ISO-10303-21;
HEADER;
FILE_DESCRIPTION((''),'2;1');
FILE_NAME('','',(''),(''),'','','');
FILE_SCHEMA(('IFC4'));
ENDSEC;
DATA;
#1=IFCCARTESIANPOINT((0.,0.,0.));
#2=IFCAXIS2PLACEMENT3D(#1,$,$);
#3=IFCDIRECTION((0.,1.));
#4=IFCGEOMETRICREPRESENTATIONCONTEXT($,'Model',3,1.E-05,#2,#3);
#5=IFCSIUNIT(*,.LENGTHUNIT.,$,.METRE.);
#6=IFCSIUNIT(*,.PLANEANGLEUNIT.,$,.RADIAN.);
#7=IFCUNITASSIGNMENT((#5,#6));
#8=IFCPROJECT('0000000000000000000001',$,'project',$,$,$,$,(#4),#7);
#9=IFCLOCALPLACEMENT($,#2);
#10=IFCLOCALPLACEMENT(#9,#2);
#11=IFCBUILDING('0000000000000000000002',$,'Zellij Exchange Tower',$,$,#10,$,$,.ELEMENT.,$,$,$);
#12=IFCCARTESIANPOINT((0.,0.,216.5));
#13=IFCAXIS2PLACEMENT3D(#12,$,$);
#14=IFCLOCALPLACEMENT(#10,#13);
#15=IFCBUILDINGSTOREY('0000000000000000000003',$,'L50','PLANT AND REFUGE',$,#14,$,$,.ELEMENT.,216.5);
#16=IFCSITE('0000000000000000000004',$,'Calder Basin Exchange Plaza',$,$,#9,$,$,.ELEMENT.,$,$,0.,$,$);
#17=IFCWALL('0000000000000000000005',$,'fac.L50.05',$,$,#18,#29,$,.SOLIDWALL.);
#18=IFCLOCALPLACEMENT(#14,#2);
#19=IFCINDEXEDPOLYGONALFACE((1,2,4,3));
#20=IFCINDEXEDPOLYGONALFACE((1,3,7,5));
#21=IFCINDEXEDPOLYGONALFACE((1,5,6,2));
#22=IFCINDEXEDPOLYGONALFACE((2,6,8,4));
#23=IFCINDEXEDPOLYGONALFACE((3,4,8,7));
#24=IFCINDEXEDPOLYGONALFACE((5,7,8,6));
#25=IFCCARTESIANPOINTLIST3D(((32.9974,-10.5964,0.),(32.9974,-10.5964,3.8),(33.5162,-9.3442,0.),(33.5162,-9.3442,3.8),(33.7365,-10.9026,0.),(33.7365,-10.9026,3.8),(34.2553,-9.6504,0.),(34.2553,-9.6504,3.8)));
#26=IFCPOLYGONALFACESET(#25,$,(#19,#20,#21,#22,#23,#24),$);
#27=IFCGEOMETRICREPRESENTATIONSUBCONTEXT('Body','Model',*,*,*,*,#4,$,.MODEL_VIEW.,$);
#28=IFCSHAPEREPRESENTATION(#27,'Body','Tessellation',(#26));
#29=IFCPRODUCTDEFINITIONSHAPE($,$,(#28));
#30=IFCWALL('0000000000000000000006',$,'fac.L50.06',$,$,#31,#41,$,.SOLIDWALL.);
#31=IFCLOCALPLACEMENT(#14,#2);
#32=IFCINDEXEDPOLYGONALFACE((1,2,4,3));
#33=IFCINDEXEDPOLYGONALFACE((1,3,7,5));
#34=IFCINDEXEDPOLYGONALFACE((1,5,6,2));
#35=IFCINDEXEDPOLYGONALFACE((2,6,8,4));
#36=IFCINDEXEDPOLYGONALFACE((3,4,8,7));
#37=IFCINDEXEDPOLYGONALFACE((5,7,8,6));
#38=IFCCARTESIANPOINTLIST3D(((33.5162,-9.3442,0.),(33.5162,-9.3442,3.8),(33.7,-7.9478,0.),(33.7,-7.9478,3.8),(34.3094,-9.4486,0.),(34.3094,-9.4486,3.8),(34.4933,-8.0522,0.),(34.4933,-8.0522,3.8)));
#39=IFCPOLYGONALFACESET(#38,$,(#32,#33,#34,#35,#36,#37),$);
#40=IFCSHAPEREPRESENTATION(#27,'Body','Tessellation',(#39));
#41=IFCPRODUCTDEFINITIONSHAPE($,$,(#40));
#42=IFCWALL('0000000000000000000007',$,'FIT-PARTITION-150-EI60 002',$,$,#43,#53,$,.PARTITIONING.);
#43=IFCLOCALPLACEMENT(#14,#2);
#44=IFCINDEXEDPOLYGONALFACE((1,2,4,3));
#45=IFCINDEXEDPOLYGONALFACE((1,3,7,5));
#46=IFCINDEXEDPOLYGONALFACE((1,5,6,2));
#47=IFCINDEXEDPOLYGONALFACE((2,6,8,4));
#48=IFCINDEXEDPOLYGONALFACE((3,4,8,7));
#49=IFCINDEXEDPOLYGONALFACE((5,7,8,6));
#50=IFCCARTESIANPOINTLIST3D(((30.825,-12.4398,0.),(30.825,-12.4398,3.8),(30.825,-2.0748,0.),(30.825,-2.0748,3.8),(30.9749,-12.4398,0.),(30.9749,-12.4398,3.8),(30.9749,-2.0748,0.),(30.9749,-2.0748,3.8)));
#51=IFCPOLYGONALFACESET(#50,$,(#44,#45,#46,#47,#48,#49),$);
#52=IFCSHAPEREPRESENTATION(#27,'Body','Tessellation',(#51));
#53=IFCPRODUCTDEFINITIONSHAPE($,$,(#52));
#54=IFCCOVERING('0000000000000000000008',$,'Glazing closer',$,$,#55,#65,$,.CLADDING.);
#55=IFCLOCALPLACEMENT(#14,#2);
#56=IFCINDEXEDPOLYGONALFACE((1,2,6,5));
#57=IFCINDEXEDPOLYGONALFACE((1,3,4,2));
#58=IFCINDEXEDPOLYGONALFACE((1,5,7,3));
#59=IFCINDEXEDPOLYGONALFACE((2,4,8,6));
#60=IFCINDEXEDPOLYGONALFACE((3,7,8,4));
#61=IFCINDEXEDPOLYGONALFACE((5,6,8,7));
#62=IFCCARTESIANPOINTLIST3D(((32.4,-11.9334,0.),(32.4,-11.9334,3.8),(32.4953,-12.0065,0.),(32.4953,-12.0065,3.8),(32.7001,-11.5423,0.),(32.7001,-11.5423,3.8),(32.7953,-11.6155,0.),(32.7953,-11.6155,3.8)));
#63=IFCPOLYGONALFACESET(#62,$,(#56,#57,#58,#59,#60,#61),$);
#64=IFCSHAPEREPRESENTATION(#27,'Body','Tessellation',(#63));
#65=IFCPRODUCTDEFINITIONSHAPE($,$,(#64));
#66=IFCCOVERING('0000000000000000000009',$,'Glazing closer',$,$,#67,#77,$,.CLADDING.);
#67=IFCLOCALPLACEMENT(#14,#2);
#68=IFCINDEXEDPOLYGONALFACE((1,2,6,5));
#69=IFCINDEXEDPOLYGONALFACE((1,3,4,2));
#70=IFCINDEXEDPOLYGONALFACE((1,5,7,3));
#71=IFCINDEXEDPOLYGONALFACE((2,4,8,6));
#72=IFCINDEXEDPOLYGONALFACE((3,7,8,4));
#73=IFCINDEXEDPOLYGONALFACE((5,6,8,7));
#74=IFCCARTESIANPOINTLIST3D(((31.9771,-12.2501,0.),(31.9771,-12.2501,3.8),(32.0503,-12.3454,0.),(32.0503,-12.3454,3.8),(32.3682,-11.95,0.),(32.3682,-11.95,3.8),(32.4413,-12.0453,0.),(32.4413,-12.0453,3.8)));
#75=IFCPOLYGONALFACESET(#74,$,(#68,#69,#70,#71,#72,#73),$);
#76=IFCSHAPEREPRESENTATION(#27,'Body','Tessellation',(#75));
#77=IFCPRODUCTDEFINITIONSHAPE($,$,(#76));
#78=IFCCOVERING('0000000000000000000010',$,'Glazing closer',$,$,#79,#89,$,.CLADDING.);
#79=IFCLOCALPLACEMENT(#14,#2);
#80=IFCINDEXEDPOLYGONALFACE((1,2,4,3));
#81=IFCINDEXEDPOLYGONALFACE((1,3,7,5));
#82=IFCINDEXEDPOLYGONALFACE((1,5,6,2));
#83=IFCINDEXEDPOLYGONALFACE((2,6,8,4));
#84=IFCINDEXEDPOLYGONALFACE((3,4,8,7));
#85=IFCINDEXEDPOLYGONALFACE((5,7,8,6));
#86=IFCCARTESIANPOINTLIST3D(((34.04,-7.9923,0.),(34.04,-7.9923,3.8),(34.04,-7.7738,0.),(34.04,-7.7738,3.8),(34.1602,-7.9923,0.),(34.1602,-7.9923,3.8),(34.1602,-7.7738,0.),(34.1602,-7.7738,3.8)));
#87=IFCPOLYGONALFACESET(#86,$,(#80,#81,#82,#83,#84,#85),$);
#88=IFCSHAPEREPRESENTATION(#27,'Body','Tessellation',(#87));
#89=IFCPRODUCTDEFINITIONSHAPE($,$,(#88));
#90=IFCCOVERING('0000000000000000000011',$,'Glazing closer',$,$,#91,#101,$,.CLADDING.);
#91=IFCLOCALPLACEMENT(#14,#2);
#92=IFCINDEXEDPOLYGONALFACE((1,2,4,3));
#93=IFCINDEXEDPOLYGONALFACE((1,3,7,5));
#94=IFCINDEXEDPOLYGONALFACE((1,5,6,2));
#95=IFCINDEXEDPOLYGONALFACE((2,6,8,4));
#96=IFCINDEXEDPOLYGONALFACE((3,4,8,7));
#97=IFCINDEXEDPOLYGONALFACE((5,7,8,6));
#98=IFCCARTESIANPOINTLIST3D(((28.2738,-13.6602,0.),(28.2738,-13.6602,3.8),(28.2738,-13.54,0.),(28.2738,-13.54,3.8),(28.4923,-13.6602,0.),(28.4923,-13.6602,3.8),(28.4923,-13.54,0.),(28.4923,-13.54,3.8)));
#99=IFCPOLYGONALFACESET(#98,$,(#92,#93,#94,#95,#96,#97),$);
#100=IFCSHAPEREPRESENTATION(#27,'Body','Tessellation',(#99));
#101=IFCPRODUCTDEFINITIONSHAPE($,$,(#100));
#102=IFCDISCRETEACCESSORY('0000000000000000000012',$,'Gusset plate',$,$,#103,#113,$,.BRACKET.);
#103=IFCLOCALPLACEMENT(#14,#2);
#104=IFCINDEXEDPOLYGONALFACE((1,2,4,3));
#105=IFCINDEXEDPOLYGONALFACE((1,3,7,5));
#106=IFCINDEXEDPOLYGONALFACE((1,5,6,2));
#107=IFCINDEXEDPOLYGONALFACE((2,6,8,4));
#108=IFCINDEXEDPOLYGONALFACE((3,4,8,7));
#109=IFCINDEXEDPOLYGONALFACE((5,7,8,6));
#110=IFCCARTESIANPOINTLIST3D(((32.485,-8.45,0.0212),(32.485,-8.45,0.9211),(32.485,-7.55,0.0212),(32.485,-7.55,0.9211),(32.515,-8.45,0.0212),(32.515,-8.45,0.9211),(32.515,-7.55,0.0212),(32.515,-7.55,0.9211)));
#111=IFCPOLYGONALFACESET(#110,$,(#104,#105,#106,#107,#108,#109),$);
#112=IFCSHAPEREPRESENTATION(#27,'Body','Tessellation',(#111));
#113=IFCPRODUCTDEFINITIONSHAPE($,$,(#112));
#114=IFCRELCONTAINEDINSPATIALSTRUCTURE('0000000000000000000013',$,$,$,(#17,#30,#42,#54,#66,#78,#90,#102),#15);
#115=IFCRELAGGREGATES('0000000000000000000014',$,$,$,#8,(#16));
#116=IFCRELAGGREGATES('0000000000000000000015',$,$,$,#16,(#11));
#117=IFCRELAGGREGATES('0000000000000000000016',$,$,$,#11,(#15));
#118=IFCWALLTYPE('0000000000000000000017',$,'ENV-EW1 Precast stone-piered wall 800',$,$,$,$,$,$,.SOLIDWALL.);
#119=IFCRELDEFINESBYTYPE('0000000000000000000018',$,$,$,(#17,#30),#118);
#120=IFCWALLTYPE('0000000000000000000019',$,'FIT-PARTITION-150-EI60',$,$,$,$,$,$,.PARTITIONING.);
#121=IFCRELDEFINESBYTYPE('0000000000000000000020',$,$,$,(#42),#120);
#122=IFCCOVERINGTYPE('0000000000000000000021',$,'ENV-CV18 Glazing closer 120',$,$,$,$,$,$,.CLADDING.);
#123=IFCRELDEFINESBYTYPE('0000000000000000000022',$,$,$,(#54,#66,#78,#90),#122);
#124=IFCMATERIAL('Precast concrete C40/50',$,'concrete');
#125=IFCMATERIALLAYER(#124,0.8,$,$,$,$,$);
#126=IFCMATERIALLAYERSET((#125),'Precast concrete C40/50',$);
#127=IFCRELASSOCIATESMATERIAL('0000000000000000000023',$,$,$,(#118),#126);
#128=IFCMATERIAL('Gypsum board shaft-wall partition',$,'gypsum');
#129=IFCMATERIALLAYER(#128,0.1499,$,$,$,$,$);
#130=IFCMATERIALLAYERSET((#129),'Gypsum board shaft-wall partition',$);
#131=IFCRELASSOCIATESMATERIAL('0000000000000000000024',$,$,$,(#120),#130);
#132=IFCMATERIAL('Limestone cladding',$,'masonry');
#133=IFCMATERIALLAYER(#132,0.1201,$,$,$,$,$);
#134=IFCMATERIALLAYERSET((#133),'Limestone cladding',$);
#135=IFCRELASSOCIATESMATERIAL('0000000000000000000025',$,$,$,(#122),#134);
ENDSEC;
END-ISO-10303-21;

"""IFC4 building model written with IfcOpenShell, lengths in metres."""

from ifc_helpers import new_model, si_unit, direction, frame, frame_2d, origin, origin_2d, place, context, subcontext, project, spatial, rectangle, extrude, material, layer, layer_set, type_object, element, save


model = new_model("IFC4")

# Units and contexts
model_context = context("Model", 3, precision=1e-05, world=origin(), true_north=direction((0.0, 1.0)))
body_context = subcontext(model_context, "Body", "Model", "MODEL_VIEW")
ifc_project = project(units=[si_unit("LENGTHUNIT", "METRE"), si_unit("PLANEANGLEUNIT", "RADIAN")], contexts=[model_context])

# Site, building, storey
site_placement = place(None, origin())
site = spatial("IfcSite", under=ifc_project, at=site_placement, Name="Calder Basin Exchange Plaza", CompositionType="ELEMENT", RefElevation=0.0)
building_placement = place(site_placement, origin())
building = spatial("IfcBuilding", under=site, at=building_placement, Name="Zellij Exchange Tower", CompositionType="ELEMENT")
storey_placement = place(building_placement, frame((0.0, 0.0, 216.5)))
storey = spatial("IfcBuildingStorey", under=building, at=storey_placement, Name="L50", Description="PLANT AND REFUGE", CompositionType="ELEMENT", Elevation=216.5)

# Walls
ifc_material_1 = material(Name="Precast concrete C40/50", Category="concrete")
ifc_layer_1 = layer(ifc_material_1, 0.8)
ifc_layer_set_1 = layer_set([ifc_layer_1], Name="Precast concrete C40/50")
wall_type_1 = type_object("IfcWallType", Name="ENV-EW1 Precast stone-piered wall 800", PredefinedType="SOLIDWALL", material=ifc_layer_set_1)
wall_1_placement = place(storey_placement, frame((33.3669, -10.7495, 0.0), z_axis=(0.0, 0.0, 1.0), x_axis=(0.38276, 0.923848, 0.0)))
element("IfcWall", 1, at=wall_1_placement, inside=storey, type_object=wall_type_1, Name="fac.L50.05", PredefinedType="SOLIDWALL", context=body_context, shape_type="SweptSolid", body=[
    extrude(rectangle(XDim=1.3555, YDim=0.8, at=frame_2d((0.6777, 0.0))), origin(), (0.0, 0.0, 1.0), 3.8),
])
wall_2_placement = place(storey_placement, frame((33.9128, -9.3962, 0.0), z_axis=(0.0, 0.0, 1.0), x_axis=(0.130517, 0.991446, 0.0)))
element("IfcWall", 2, at=wall_2_placement, inside=storey, type_object=wall_type_1, Name="fac.L50.06", PredefinedType="SOLIDWALL", context=body_context, shape_type="SweptSolid", body=[
    extrude(rectangle(XDim=1.4084, YDim=0.8, at=frame_2d((0.7041, 0.0))), origin(), (0.0, 0.0, 1.0), 3.8),
])
ifc_material_2 = material(Name="Gypsum board shaft-wall partition", Category="gypsum")
ifc_layer_2 = layer(ifc_material_2, 0.1499)
ifc_layer_set_2 = layer_set([ifc_layer_2], Name="Gypsum board shaft-wall partition")
wall_type_2 = type_object("IfcWallType", Name="FIT-PARTITION-150-EI60", PredefinedType="PARTITIONING", material=ifc_layer_set_2)
wall_3_placement = place(storey_placement, frame((30.8999, -12.4399, 0.0), z_axis=(0.0, 0.0, 1.0), x_axis=(0.0, 1.0, 0.0)))
element("IfcWall", 3, at=wall_3_placement, inside=storey, type_object=wall_type_2, Name="FIT-PARTITION-150-EI60 002", PredefinedType="PARTITIONING", context=body_context, shape_type="SweptSolid", body=[
    extrude(rectangle(XDim=10.365, YDim=0.1499, at=frame_2d((5.1826, 0.0))), origin(), (0.0, 0.0, 1.0), 3.8),
])

# Coverings
ifc_material_3 = material(Name="Limestone cladding", Category="masonry")
ifc_layer_3 = layer(ifc_material_3, 0.1201)
ifc_layer_set_3 = layer_set([ifc_layer_3], Name="Limestone cladding")
covering_type = type_object("IfcCoveringType", Name="ENV-CV18 Glazing closer 120", PredefinedType="CLADDING", material=ifc_layer_set_3)
for number, where, z_axis, x_axis, name in (
    (4, (32.5977, -11.7744, 0.0), (0.0, 0.0, 1.0), (-0.60881, -0.793316, 0.0), "Glazing closer"),
    (5, (32.2092, -12.1477, 0.0), (0.0, 0.0, 1.0), (0.793316, 0.60881, 0.0), "Glazing closer"),
):
    element("IfcCovering", number, at=place(storey_placement, frame(where, z_axis=z_axis, x_axis=x_axis)), inside=storey, type_object=covering_type, Name=name, PredefinedType="CLADDING", context=body_context, shape_type="SweptSolid", body=[
        extrude(rectangle(XDim=0.4929, YDim=0.1201, at=origin_2d()), origin(), (0.0, 0.0, 1.0), 3.8),
    ])
for number, where, z_axis, x_axis, name in (
    (6, (34.1001, -7.8831, 0.0), (0.0, 0.0, 1.0), (0.0, -1.0, 0.0), "Glazing closer"),
    (7, (28.3831, -13.6001, 0.0), (0.0, 0.0, 1.0), (1.0, 0.0, 0.0), "Glazing closer"),
):
    element("IfcCovering", number, at=place(storey_placement, frame(where, z_axis=z_axis, x_axis=x_axis)), inside=storey, type_object=covering_type, Name=name, PredefinedType="CLADDING", context=body_context, shape_type="SweptSolid", body=[
        extrude(rectangle(XDim=0.2185, YDim=0.1201, at=origin_2d()), origin(), (0.0, 0.0, 1.0), 3.8),
    ])

# Discrete accessory
discrete_accessory_placement = place(storey_placement, frame((32.5, -8.0, 0.0212), z_axis=(0.0, 0.0, 1.0), x_axis=(0.0, 1.0, 0.0)))
element("IfcDiscreteAccessory", 8, at=discrete_accessory_placement, inside=storey, Name="Gusset plate", PredefinedType="BRACKET", context=body_context, shape_type="SweptSolid", body=[
    extrude(rectangle(XDim=0.8999, YDim=0.03, at=origin_2d()), origin(), (0.0, 0.0, 1.0), 0.8999),
])

save(model, "model.ifc")
